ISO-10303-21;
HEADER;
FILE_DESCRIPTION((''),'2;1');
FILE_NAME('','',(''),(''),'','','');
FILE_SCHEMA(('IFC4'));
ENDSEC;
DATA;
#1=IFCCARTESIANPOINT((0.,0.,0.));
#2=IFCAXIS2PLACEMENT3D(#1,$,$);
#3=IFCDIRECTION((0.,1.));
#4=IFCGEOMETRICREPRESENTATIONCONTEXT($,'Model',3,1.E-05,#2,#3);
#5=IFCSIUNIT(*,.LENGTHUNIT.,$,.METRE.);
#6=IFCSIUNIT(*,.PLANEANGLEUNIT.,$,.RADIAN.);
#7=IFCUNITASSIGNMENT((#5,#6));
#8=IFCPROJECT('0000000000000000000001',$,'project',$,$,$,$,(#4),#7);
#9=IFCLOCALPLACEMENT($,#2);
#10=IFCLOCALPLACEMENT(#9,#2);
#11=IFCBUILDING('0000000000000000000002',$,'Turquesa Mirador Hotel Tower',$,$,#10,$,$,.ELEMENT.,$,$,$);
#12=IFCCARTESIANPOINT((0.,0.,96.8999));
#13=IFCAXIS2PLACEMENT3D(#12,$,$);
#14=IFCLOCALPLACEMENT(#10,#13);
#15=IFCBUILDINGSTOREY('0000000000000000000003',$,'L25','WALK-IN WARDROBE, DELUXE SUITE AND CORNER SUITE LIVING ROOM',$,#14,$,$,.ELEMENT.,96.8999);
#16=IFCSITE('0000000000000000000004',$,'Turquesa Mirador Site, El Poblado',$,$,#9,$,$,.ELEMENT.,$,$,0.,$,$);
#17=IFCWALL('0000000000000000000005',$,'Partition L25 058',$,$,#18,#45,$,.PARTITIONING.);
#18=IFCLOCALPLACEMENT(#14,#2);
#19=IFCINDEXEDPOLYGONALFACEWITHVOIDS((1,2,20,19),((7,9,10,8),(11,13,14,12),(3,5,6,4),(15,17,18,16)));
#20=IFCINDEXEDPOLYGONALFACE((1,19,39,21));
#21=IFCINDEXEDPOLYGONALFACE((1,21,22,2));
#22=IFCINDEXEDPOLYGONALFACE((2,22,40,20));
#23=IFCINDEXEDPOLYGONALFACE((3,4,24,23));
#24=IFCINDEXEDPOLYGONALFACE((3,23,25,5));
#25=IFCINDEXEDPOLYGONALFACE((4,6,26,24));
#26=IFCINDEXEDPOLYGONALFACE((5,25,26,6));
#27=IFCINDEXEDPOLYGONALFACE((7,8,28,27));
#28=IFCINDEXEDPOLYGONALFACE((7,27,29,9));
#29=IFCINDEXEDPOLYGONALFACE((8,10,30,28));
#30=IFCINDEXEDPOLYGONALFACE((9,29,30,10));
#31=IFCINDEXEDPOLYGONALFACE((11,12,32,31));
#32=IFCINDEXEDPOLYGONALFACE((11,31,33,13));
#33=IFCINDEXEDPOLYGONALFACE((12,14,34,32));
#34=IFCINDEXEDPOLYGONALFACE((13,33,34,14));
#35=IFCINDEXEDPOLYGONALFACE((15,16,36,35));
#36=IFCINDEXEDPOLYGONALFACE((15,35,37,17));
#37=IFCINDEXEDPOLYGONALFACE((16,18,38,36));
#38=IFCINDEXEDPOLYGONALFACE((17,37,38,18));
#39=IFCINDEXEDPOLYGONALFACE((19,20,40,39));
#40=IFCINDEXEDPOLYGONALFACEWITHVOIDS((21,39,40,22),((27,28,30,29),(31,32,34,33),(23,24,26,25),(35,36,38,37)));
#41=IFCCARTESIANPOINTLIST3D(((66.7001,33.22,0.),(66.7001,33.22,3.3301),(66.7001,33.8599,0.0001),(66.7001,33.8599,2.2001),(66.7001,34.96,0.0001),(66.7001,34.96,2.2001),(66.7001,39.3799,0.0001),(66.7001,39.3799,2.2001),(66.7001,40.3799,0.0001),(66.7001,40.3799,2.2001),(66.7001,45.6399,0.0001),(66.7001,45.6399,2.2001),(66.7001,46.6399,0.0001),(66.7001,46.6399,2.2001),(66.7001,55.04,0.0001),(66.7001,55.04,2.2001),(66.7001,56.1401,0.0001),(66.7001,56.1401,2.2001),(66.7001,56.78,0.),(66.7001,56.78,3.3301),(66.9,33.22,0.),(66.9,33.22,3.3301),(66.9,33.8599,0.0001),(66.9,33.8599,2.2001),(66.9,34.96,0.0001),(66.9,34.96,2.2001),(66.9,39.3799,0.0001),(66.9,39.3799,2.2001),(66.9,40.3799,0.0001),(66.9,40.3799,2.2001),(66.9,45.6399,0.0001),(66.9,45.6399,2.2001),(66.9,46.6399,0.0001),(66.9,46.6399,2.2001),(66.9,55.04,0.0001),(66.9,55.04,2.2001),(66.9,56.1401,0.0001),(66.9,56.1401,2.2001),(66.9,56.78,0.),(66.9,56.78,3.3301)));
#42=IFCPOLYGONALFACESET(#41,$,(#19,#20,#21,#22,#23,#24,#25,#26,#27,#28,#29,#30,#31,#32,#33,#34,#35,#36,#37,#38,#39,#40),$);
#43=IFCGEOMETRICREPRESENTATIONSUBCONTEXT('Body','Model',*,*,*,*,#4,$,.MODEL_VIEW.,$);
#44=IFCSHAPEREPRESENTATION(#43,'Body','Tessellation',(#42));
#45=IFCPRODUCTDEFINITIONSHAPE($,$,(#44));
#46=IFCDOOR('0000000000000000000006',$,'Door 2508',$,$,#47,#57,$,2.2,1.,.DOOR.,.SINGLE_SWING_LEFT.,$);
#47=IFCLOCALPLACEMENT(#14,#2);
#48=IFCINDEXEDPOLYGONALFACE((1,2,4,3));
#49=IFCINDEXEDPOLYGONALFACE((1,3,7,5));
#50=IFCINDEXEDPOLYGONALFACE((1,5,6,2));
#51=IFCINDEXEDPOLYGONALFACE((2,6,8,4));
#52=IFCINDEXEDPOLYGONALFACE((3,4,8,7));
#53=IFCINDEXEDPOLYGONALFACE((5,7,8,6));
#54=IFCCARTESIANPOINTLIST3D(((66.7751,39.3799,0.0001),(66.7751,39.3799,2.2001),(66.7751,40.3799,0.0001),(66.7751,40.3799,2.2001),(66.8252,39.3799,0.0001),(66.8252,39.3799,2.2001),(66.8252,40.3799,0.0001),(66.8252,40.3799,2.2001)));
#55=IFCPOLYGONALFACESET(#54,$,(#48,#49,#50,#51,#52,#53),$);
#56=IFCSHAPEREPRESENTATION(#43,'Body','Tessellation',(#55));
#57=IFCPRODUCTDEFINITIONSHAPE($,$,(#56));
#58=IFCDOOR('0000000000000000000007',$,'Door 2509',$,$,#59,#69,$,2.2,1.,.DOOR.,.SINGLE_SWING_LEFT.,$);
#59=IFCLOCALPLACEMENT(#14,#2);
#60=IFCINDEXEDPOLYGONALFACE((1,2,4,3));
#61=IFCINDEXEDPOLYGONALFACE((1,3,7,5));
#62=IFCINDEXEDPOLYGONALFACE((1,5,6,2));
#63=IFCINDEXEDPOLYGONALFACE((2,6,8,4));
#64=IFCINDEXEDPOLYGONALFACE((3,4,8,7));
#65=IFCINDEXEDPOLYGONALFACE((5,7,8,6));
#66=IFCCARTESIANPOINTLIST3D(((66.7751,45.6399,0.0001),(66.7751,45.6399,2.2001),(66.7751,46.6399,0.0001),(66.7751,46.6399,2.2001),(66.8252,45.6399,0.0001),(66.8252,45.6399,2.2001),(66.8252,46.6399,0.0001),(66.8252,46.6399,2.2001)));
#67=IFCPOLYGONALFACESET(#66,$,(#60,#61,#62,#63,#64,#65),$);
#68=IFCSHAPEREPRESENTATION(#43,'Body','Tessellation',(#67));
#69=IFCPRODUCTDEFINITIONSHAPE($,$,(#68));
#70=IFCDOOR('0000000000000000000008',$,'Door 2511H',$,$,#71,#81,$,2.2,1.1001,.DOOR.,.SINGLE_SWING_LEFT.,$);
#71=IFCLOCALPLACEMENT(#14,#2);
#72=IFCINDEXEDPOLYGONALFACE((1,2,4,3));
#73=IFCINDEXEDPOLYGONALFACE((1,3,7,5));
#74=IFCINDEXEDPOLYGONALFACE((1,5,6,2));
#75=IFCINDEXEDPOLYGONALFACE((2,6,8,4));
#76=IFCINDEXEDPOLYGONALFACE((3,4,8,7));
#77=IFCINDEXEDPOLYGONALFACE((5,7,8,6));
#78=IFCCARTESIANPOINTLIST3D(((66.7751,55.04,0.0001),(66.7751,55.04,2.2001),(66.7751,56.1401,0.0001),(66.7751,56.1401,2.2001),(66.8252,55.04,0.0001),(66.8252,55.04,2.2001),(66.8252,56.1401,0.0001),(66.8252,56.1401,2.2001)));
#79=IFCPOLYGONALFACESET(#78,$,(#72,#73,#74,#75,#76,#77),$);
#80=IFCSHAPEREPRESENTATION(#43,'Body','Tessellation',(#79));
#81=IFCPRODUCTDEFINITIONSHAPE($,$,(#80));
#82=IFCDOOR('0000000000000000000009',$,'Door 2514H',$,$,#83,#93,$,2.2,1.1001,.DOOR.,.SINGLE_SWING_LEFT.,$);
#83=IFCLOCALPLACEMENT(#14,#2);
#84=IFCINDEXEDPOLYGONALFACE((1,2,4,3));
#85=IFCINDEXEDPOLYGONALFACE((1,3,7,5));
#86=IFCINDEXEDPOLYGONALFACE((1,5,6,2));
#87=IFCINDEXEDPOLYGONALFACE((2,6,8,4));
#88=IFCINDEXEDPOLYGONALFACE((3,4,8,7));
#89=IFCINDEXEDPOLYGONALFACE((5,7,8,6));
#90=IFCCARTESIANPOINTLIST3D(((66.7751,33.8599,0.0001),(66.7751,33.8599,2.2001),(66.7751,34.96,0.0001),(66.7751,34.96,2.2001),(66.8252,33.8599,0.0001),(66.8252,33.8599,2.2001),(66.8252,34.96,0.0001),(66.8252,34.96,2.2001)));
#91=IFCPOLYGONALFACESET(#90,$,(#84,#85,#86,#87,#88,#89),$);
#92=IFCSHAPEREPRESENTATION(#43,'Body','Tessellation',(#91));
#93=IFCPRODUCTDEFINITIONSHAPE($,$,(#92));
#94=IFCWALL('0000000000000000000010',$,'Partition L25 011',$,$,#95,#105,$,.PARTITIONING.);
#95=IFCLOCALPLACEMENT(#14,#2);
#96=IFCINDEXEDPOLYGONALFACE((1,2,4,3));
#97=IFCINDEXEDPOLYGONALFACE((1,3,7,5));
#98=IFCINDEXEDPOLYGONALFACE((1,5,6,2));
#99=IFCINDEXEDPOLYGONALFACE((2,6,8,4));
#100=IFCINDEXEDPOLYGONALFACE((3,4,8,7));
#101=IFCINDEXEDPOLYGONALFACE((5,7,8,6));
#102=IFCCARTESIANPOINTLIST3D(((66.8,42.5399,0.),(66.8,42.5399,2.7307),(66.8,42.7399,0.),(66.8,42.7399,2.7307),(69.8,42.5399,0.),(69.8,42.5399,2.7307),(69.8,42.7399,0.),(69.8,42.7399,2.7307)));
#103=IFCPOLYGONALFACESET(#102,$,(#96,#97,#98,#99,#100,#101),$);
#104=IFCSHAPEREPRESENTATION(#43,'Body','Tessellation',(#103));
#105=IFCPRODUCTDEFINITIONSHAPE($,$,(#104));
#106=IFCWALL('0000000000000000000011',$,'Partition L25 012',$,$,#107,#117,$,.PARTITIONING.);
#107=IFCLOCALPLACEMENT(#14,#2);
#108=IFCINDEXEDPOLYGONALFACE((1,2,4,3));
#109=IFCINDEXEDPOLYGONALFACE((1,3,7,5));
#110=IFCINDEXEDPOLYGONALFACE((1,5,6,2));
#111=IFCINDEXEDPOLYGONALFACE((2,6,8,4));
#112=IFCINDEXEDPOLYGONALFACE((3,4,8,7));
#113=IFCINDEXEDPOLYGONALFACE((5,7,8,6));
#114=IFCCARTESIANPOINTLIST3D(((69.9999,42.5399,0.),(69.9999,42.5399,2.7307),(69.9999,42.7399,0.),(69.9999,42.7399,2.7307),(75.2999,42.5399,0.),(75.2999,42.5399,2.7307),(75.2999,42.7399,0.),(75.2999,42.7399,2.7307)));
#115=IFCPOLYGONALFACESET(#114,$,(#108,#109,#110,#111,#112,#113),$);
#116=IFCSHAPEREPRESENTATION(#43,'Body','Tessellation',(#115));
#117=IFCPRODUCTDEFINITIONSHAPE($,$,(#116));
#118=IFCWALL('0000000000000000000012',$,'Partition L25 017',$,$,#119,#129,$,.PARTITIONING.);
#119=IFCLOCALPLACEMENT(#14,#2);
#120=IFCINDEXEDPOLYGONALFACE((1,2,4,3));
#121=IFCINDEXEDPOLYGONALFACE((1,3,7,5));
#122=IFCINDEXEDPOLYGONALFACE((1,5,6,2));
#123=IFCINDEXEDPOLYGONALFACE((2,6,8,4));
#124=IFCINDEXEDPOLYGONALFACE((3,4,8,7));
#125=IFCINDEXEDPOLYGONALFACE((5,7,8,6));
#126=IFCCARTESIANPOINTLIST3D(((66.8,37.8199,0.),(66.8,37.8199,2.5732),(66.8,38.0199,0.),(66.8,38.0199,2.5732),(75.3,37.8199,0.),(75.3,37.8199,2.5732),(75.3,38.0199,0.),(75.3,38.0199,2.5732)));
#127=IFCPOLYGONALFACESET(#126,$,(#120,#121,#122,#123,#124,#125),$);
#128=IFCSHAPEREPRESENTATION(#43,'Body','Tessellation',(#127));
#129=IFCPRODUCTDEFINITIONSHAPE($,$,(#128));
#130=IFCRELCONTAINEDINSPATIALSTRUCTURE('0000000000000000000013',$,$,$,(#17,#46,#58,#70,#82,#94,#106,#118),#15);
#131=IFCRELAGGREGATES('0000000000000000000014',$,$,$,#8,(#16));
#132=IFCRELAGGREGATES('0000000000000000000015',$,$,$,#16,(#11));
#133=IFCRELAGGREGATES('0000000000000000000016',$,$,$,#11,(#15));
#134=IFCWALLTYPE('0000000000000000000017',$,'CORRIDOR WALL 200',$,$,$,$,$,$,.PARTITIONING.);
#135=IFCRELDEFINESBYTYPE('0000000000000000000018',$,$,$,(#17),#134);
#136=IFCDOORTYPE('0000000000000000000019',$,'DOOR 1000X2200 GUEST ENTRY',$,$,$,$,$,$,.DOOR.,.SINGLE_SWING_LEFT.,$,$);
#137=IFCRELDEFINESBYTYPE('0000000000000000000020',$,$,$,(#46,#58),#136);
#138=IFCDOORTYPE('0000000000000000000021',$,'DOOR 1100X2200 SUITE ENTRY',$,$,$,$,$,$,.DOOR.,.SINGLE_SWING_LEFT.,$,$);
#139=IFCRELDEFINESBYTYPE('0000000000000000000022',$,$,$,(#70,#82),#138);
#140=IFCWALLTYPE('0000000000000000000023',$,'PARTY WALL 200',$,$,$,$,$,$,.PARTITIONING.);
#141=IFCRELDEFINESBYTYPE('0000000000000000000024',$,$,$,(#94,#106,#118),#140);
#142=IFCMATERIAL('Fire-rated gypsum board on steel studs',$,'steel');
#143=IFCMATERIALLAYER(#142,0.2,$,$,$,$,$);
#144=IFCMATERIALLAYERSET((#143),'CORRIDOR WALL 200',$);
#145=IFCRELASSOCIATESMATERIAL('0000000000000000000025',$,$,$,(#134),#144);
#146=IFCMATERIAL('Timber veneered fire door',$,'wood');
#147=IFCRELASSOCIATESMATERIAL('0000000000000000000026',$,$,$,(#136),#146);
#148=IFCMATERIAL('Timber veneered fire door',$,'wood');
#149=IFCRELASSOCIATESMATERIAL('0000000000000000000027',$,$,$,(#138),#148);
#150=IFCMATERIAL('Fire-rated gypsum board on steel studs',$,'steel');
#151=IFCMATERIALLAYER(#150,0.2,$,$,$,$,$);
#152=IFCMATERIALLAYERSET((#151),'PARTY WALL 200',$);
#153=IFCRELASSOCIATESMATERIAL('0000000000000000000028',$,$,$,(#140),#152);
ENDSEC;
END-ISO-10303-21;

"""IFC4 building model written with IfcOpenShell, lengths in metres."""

from ifc_helpers import new_model, si_unit, direction, frame, frame_2d, origin, place, context, subcontext, project, spatial, rectangle, extrude, material, layer, layer_set, type_object, element, fill, save


model = new_model("IFC4")

# Units and contexts
model_context = context("Model", 3, precision=1e-05, world=origin(), true_north=direction((0.0, 1.0)))
body_context = subcontext(model_context, "Body", "Model", "MODEL_VIEW")
ifc_project = project(units=[si_unit("LENGTHUNIT", "METRE"), si_unit("PLANEANGLEUNIT", "RADIAN")], contexts=[model_context])

# Site, building, storey
site_placement = place(None, origin())
site = spatial("IfcSite", under=ifc_project, at=site_placement, Name="Turquesa Mirador Site, El Poblado", CompositionType="ELEMENT", RefElevation=0.0)
building_placement = place(site_placement, origin())
building = spatial("IfcBuilding", under=site, at=building_placement, Name="Turquesa Mirador Hotel Tower", CompositionType="ELEMENT")
storey_placement = place(building_placement, frame((0.0, 0.0, 96.8999)))
storey = spatial("IfcBuildingStorey", under=building, at=storey_placement, Name="L25", Description="WALK-IN WARDROBE, DELUXE SUITE AND CORNER SUITE LIVING ROOM", CompositionType="ELEMENT", Elevation=96.8999)

# Wall, openings, doors
ifc_material_1 = material(Name="Fire-rated gypsum board on steel studs", Category="steel")
ifc_layer_1 = layer(ifc_material_1, 0.2)
ifc_layer_set_1 = layer_set([ifc_layer_1], Name="CORRIDOR WALL 200")
wall_type_1 = type_object("IfcWallType", Name="CORRIDOR WALL 200", PredefinedType="PARTITIONING", material=ifc_layer_set_1)
wall_1_placement = place(storey_placement, frame((66.8, 33.22, 0.0), z_axis=(0.0, 0.0, 1.0), x_axis=(0.0, 1.0, 0.0)))
wall_1 = element("IfcWall", 1, at=wall_1_placement, inside=storey, type_object=wall_type_1, Name="Partition L25 058", PredefinedType="PARTITIONING", context=body_context, shape_type="SweptSolid", body=[
    extrude(rectangle(XDim=23.5601, YDim=0.2, at=frame_2d((11.78, 0.0))), origin(), (0.0, 0.0, 1.0), 3.3301),
])
opening_1_placement = place(wall_1_placement, frame((6.1599, 0.0, 0.0)))
opening_1 = element("IfcOpeningElement", 2, at=opening_1_placement, cuts=wall_1, PredefinedType="OPENING", context=body_context, shape_type="SweptSolid", body=[
    extrude(rectangle(XDim=1.0, YDim=2.2, at=frame_2d((0.5, 1.1001))), frame((0.0, 0.1099, 0.0), z_axis=(0.0, -1.0, 0.0), x_axis=(1.0, 0.0, 0.0)), (0.0, 0.0, 1.0), 0.22),
])
opening_2_placement = place(wall_1_placement, frame((12.4199, 0.0, 0.0)))
opening_2 = element("IfcOpeningElement", 3, at=opening_2_placement, cuts=wall_1, PredefinedType="OPENING", context=body_context, shape_type="SweptSolid", body=[
    extrude(rectangle(XDim=1.0, YDim=2.2, at=frame_2d((0.5, 1.1001))), frame((0.0, 0.1099, 0.0), z_axis=(0.0, -1.0, 0.0), x_axis=(1.0, 0.0, 0.0)), (0.0, 0.0, 1.0), 0.22),
])
opening_3_placement = place(wall_1_placement, frame((21.8201, 0.0, 0.0)))
opening_3 = element("IfcOpeningElement", 4, at=opening_3_placement, cuts=wall_1, PredefinedType="OPENING", context=body_context, shape_type="SweptSolid", body=[
    extrude(rectangle(XDim=1.1001, YDim=2.2, at=frame_2d((0.55, 1.1001))), frame((0.0, 0.1099, 0.0), z_axis=(0.0, -1.0, 0.0), x_axis=(1.0, 0.0, 0.0)), (0.0, 0.0, 1.0), 0.22),
])
opening_4_placement = place(wall_1_placement, frame((0.6399, 0.0, 0.0)))
opening_4 = element("IfcOpeningElement", 5, at=opening_4_placement, cuts=wall_1, PredefinedType="OPENING", context=body_context, shape_type="SweptSolid", body=[
    extrude(rectangle(XDim=1.1001, YDim=2.2, at=frame_2d((0.55, 1.1001))), frame((0.0, 0.1099, 0.0), z_axis=(0.0, -1.0, 0.0), x_axis=(1.0, 0.0, 0.0)), (0.0, 0.0, 1.0), 0.22),
])
ifc_material_2 = material(Name="Timber veneered fire door", Category="wood")
door_type_1 = type_object("IfcDoorType", Name="DOOR 1000X2200 GUEST ENTRY", OperationType="SINGLE_SWING_LEFT", PredefinedType="DOOR", material=ifc_material_2)
door_1_placement = place(opening_1_placement, origin())
door_1 = element("IfcDoor", 6, at=door_1_placement, inside=storey, type_object=door_type_1, Name="Door 2508", OperationType="SINGLE_SWING_LEFT", OverallHeight=2.2, OverallWidth=1.0, PredefinedType="DOOR", context=body_context, shape_type="SweptSolid", body=[
    extrude(rectangle(XDim=1.0, YDim=2.2, at=frame_2d((0.5, 1.1001))), frame((0.0, 0.0249, 0.0), z_axis=(0.0, -1.0, 0.0), x_axis=(1.0, 0.0, 0.0)), (0.0, 0.0, 1.0), 0.05),
])
fill(opening_1, door_1)
door_2_placement = place(opening_2_placement, origin())
door_2 = element("IfcDoor", 7, at=door_2_placement, inside=storey, type_object=door_type_1, Name="Door 2509", OperationType="SINGLE_SWING_LEFT", OverallHeight=2.2, OverallWidth=1.0, PredefinedType="DOOR", context=body_context, shape_type="SweptSolid", body=[
    extrude(rectangle(XDim=1.0, YDim=2.2, at=frame_2d((0.5, 1.1001))), frame((0.0, 0.0249, 0.0), z_axis=(0.0, -1.0, 0.0), x_axis=(1.0, 0.0, 0.0)), (0.0, 0.0, 1.0), 0.05),
])
fill(opening_2, door_2)
ifc_material_3 = material(Name="Timber veneered fire door", Category="wood")
door_type_2 = type_object("IfcDoorType", Name="DOOR 1100X2200 SUITE ENTRY", OperationType="SINGLE_SWING_LEFT", PredefinedType="DOOR", material=ifc_material_3)
door_3_placement = place(opening_3_placement, origin())
door_3 = element("IfcDoor", 8, at=door_3_placement, inside=storey, type_object=door_type_2, Name="Door 2511H", OperationType="SINGLE_SWING_LEFT", OverallHeight=2.2, OverallWidth=1.1001, PredefinedType="DOOR", context=body_context, shape_type="SweptSolid", body=[
    extrude(rectangle(XDim=1.1001, YDim=2.2, at=frame_2d((0.55, 1.1001))), frame((0.0, 0.0249, 0.0), z_axis=(0.0, -1.0, 0.0), x_axis=(1.0, 0.0, 0.0)), (0.0, 0.0, 1.0), 0.05),
])
fill(opening_3, door_3)
door_4_placement = place(opening_4_placement, origin())
door_4 = element("IfcDoor", 9, at=door_4_placement, inside=storey, type_object=door_type_2, Name="Door 2514H", OperationType="SINGLE_SWING_LEFT", OverallHeight=2.2, OverallWidth=1.1001, PredefinedType="DOOR", context=body_context, shape_type="SweptSolid", body=[
    extrude(rectangle(XDim=1.1001, YDim=2.2, at=frame_2d((0.55, 1.1001))), frame((0.0, 0.0249, 0.0), z_axis=(0.0, -1.0, 0.0), x_axis=(1.0, 0.0, 0.0)), (0.0, 0.0, 1.0), 0.05),
])
fill(opening_4, door_4)

# Walls
ifc_material_4 = material(Name="Fire-rated gypsum board on steel studs", Category="steel")
ifc_layer_2 = layer(ifc_material_4, 0.2)
ifc_layer_set_2 = layer_set([ifc_layer_2], Name="PARTY WALL 200")
wall_type_2 = type_object("IfcWallType", Name="PARTY WALL 200", PredefinedType="PARTITIONING", material=ifc_layer_set_2)
wall_2_placement = place(storey_placement, frame((66.8, 42.6399, 0.0), z_axis=(0.0, 0.0, 1.0), x_axis=(1.0, 0.0, 0.0)))
element("IfcWall", 10, at=wall_2_placement, inside=storey, type_object=wall_type_2, Name="Partition L25 011", PredefinedType="PARTITIONING", context=body_context, shape_type="SweptSolid", body=[
    extrude(rectangle(XDim=3.0, YDim=0.2, at=frame_2d((1.5, 0.0))), origin(), (0.0, 0.0, 1.0), 2.7307),
])
wall_3_placement = place(storey_placement, frame((70.0, 42.6399, 0.0), z_axis=(0.0, 0.0, 1.0), x_axis=(1.0, 0.0, 0.0)))
element("IfcWall", 11, at=wall_3_placement, inside=storey, type_object=wall_type_2, Name="Partition L25 012", PredefinedType="PARTITIONING", context=body_context, shape_type="SweptSolid", body=[
    extrude(rectangle(XDim=5.3, YDim=0.2, at=frame_2d((2.6499, 0.0))), origin(), (0.0, 0.0, 1.0), 2.7307),
])
wall_4_placement = place(storey_placement, frame((66.8, 37.9199, 0.0), z_axis=(0.0, 0.0, 1.0), x_axis=(1.0, 0.0, 0.0)))
element("IfcWall", 12, at=wall_4_placement, inside=storey, type_object=wall_type_2, Name="Partition L25 017", PredefinedType="PARTITIONING", context=body_context, shape_type="SweptSolid", body=[
    extrude(rectangle(XDim=8.5, YDim=0.2, at=frame_2d((4.25, 0.0))), origin(), (0.0, 0.0, 1.0), 2.5732),
])

save(model, "model.ifc")
